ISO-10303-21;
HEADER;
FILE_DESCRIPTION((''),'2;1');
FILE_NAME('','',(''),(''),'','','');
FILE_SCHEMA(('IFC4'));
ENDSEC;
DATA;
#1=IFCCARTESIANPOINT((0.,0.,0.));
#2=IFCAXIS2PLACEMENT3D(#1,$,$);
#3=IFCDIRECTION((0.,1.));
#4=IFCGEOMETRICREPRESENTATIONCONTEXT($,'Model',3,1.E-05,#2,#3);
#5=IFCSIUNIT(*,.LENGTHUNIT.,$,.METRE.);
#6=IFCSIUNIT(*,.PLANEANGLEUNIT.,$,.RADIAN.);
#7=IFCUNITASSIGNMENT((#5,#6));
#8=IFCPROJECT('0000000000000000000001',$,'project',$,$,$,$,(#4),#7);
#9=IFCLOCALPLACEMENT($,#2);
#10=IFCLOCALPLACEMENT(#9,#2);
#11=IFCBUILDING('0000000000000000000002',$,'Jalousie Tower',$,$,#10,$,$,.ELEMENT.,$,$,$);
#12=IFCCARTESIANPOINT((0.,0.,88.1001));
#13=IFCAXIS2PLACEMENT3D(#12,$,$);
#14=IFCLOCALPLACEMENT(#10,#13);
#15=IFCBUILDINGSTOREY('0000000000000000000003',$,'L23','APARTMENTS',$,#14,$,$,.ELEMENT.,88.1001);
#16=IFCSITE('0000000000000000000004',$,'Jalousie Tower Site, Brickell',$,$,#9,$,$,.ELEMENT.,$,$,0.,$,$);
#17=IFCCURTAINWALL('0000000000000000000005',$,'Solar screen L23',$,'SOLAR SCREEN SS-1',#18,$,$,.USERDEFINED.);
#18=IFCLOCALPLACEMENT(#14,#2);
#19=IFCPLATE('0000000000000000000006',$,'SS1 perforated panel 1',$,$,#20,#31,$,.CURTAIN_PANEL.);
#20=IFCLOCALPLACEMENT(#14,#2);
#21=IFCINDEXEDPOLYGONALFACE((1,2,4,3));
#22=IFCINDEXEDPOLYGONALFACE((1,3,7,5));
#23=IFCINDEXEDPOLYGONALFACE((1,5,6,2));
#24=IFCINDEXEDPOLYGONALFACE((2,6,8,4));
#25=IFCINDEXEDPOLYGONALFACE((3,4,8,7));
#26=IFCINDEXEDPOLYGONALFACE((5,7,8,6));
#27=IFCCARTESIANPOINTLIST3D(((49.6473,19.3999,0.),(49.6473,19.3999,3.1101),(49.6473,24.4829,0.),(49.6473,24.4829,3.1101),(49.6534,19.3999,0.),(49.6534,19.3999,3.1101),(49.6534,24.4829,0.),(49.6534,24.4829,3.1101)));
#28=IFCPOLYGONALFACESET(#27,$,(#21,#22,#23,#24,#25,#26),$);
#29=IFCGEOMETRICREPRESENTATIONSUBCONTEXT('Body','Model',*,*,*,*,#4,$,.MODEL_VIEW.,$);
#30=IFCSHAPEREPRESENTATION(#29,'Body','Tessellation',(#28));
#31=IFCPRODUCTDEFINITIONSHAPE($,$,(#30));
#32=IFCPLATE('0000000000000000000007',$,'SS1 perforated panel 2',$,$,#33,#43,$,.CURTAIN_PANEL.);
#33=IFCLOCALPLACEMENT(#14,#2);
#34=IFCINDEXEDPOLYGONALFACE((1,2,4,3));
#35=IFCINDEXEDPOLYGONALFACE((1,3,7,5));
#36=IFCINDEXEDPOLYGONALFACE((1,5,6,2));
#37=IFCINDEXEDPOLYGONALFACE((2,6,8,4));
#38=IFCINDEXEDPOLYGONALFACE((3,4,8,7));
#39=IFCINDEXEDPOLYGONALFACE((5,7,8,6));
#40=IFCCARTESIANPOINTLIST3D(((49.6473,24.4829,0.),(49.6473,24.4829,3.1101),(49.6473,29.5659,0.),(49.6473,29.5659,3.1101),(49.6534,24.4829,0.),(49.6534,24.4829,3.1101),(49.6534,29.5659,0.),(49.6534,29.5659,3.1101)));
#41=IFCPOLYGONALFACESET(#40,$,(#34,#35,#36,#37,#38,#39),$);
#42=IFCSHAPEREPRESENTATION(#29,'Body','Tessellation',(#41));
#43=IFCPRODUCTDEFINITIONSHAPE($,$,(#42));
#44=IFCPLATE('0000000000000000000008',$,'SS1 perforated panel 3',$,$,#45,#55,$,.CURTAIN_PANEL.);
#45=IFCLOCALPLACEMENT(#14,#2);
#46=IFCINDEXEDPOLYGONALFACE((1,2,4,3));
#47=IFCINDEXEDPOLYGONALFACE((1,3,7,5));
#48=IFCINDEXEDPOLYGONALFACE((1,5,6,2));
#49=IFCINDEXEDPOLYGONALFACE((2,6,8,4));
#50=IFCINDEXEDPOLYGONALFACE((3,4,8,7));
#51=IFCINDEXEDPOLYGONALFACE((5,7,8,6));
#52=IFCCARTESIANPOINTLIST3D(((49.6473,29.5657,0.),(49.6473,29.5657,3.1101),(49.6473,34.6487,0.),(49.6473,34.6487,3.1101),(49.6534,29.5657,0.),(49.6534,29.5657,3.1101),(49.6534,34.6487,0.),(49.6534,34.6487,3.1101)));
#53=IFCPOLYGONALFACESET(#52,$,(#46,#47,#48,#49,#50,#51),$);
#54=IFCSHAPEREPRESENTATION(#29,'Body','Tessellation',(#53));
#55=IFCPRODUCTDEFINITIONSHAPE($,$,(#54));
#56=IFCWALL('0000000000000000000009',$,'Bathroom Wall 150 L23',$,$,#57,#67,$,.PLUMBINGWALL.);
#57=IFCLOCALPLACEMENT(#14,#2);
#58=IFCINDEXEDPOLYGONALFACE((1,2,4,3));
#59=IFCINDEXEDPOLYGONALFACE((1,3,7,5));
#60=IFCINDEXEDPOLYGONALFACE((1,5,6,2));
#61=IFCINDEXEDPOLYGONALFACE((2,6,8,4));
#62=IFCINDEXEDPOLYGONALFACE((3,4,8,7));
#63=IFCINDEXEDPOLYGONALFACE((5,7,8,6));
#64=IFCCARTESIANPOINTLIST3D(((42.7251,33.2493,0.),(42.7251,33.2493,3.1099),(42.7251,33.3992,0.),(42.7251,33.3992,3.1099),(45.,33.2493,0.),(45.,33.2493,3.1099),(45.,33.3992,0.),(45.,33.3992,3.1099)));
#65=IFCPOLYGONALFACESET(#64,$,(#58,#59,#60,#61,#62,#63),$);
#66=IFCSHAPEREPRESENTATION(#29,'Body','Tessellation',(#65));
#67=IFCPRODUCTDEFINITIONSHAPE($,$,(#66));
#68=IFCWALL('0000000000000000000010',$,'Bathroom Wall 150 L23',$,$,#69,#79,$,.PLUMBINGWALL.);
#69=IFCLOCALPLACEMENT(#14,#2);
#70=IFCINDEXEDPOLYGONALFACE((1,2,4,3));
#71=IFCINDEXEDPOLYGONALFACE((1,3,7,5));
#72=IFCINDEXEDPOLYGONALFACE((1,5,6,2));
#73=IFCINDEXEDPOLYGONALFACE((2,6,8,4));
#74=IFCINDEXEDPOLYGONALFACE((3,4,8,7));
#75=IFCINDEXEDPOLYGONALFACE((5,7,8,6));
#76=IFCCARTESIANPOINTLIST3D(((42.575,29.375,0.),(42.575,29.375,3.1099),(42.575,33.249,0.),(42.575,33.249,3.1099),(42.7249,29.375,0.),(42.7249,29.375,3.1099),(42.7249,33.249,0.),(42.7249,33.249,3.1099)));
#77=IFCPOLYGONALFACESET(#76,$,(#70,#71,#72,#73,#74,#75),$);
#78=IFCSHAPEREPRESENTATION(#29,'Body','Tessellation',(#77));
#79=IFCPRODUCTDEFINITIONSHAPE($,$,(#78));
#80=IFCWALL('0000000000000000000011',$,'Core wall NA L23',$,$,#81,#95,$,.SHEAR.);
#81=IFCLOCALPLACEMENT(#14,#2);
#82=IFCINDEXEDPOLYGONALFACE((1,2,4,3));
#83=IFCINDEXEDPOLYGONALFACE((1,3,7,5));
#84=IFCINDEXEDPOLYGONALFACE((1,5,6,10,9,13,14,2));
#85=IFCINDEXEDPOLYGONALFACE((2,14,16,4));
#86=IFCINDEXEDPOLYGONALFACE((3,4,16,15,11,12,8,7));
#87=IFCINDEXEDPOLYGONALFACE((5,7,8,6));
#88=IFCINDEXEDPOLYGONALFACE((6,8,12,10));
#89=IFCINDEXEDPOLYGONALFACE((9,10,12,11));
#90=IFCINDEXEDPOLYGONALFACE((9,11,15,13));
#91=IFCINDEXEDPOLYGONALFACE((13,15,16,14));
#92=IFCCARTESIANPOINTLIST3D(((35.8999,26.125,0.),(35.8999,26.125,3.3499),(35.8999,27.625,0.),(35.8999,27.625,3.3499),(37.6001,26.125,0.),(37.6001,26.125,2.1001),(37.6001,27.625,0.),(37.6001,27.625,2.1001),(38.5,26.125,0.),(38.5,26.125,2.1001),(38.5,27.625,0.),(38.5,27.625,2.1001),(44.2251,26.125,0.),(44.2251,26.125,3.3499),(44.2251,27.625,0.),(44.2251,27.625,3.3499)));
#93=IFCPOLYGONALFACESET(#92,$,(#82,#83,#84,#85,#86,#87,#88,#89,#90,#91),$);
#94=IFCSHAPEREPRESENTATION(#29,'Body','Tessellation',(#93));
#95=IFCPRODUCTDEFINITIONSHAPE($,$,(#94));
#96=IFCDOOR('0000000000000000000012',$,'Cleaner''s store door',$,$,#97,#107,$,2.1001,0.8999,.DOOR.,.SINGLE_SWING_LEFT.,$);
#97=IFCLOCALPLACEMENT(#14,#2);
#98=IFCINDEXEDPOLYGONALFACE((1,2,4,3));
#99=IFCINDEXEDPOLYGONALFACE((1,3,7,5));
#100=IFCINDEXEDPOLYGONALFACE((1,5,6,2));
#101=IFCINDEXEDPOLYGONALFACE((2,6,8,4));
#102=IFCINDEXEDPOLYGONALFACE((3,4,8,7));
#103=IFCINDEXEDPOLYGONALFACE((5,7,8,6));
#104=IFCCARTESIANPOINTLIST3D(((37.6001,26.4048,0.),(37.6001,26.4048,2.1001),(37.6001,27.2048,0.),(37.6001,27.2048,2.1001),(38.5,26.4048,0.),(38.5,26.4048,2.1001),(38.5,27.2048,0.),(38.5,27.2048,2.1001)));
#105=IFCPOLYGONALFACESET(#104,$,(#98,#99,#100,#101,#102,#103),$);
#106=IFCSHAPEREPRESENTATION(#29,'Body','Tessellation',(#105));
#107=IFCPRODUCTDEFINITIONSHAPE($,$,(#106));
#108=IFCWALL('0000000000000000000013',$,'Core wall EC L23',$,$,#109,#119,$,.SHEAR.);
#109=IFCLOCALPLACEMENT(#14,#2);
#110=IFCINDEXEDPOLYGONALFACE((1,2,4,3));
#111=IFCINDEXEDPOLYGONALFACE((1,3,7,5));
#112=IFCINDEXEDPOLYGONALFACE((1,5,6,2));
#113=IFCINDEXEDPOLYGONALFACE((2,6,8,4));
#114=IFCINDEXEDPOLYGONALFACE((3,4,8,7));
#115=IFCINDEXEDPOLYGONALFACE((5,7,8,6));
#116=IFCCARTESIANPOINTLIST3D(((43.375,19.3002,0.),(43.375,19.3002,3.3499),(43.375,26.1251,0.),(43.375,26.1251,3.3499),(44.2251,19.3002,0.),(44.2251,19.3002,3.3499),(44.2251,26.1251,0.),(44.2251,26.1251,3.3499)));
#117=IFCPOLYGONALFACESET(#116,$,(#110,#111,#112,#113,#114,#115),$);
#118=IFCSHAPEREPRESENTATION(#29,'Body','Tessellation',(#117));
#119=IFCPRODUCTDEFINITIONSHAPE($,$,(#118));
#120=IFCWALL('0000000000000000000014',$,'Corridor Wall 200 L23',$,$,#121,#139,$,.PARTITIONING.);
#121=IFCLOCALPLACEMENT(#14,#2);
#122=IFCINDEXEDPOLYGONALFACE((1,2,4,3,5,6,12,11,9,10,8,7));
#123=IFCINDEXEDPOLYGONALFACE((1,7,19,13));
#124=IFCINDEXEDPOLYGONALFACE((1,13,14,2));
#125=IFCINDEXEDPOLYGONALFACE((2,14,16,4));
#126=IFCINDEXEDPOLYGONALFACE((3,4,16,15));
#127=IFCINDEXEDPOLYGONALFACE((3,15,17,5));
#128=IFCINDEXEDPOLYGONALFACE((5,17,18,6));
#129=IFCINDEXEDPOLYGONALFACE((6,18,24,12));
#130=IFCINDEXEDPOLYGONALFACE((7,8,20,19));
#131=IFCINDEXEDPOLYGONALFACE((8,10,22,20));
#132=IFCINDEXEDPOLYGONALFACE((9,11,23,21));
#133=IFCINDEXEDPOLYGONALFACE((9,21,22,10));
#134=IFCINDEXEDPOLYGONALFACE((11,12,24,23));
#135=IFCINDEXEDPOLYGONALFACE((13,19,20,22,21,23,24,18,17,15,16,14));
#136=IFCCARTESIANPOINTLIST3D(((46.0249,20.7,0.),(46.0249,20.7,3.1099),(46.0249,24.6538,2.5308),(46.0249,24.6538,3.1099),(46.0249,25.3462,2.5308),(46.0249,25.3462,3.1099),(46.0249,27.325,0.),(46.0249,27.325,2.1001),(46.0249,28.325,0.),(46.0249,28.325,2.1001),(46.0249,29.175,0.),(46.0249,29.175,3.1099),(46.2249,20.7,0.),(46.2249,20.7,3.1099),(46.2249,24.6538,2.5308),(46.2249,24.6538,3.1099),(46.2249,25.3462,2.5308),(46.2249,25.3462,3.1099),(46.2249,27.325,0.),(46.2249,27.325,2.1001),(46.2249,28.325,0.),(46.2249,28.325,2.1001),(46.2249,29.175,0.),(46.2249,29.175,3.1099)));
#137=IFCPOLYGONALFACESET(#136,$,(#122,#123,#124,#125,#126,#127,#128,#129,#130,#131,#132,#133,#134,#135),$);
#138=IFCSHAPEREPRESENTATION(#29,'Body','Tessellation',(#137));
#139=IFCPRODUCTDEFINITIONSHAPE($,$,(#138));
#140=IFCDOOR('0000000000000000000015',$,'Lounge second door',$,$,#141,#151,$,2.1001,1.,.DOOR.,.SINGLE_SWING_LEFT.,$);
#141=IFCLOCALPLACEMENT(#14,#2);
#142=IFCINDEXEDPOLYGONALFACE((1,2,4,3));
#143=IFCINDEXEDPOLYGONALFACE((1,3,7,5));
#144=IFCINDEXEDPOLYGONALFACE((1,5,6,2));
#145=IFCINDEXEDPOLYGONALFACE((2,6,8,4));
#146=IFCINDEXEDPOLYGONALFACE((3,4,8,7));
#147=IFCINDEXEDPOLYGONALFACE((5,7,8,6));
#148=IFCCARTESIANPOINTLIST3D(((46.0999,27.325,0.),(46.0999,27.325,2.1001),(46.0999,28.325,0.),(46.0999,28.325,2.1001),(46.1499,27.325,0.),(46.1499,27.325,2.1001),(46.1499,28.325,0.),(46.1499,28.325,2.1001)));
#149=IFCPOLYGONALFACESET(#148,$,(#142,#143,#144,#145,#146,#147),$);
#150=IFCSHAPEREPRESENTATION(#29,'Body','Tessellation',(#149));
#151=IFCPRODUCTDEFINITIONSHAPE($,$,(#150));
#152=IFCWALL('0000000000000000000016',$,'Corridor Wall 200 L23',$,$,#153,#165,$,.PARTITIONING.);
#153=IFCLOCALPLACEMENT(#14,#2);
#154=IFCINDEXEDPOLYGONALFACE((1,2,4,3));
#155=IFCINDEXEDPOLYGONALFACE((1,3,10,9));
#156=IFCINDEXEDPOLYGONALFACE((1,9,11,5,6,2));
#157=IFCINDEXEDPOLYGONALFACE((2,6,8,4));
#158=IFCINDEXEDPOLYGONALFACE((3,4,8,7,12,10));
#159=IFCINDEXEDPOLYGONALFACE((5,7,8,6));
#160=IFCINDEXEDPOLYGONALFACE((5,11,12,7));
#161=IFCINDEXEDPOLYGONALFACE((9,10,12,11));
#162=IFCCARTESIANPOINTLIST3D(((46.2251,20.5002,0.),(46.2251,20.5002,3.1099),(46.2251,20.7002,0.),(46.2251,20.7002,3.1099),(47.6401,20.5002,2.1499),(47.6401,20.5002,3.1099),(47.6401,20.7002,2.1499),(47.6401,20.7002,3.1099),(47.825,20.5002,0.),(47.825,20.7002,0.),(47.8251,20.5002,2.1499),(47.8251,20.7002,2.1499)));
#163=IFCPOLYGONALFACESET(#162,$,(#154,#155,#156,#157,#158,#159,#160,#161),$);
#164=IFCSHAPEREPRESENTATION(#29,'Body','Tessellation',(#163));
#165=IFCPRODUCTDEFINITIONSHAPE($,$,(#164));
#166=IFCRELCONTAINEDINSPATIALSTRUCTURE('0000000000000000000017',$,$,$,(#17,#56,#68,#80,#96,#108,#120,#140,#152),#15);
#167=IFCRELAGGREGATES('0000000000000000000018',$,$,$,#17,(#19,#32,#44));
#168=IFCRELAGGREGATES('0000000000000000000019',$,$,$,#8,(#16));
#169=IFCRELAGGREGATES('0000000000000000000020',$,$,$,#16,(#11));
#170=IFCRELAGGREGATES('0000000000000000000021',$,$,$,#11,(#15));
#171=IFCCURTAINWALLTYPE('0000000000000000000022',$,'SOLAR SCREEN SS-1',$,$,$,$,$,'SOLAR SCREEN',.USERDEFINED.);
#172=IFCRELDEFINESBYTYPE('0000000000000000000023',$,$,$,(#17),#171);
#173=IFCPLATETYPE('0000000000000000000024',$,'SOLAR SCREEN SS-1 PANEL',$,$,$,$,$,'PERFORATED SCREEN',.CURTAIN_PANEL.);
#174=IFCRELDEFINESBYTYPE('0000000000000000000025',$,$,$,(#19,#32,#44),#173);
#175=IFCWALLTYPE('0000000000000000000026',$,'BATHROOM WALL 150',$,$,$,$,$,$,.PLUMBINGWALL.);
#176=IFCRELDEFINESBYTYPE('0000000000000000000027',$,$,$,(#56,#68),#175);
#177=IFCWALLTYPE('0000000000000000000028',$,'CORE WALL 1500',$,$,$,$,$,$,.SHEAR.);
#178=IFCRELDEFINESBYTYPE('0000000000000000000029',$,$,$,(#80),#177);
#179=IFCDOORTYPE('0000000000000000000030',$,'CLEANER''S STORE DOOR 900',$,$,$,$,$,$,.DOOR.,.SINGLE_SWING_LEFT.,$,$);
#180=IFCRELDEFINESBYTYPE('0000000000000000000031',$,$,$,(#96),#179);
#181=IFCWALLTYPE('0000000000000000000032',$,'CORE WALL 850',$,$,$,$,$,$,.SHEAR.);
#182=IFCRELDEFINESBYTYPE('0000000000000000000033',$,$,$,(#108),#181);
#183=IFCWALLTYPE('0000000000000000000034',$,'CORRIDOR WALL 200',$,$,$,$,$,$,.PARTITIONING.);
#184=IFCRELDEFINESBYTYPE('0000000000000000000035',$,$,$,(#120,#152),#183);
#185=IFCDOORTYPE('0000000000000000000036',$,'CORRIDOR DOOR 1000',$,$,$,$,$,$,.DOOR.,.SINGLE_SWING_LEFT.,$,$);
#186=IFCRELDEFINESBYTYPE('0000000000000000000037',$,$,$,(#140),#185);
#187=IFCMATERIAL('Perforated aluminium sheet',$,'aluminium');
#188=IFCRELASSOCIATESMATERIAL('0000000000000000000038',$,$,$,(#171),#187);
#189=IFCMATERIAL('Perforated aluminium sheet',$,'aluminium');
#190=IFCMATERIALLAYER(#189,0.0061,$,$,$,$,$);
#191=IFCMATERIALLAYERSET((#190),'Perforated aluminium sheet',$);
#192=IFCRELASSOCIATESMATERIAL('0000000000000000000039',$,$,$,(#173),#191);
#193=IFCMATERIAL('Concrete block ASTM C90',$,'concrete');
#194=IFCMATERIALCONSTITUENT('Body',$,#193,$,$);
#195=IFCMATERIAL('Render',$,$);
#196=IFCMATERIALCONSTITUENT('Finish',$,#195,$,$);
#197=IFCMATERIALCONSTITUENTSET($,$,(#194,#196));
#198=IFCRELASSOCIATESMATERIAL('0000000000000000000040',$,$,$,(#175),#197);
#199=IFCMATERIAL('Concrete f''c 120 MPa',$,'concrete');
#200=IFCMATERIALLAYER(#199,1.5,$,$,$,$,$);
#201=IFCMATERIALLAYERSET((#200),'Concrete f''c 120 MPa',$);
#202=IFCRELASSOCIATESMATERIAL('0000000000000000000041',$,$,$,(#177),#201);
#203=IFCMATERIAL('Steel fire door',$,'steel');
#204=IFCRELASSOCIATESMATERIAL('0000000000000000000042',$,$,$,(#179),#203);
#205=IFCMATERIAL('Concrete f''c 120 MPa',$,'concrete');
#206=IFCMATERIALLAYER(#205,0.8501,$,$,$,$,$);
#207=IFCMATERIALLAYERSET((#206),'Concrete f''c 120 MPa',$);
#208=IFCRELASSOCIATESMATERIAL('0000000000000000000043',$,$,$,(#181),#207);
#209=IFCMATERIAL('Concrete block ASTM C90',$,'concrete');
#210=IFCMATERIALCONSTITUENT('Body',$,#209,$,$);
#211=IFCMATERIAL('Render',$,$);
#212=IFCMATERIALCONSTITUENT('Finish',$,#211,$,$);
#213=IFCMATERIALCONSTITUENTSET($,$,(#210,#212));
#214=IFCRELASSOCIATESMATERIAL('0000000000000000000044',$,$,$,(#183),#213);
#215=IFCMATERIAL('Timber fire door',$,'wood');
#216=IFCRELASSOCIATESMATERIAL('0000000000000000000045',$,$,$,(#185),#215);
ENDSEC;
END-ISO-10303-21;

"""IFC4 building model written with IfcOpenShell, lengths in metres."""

from ifc_helpers import new_model, si_unit, direction, frame, frame_2d, origin, origin_2d, place, context, subcontext, project, spatial, polyline, rectangle, outline, extrude, material, layer, layer_set, constituent, constituent_set, type_object, element, fill, aggregate, save


model = new_model("IFC4")

# Units and contexts
model_context = context("Model", 3, precision=1e-05, world=origin(), true_north=direction((0.0, 1.0)))
body_context = subcontext(model_context, "Body", "Model", "MODEL_VIEW")
ifc_project = project(units=[si_unit("LENGTHUNIT", "METRE"), si_unit("PLANEANGLEUNIT", "RADIAN")], contexts=[model_context])

# Site, building, storey
site_placement = place(None, origin())
site = spatial("IfcSite", under=ifc_project, at=site_placement, Name="Jalousie Tower Site, Brickell", CompositionType="ELEMENT", RefElevation=0.0)
building_placement = place(site_placement, origin())
building = spatial("IfcBuilding", under=site, at=building_placement, Name="Jalousie Tower", CompositionType="ELEMENT")
storey_placement = place(building_placement, frame((0.0, 0.0, 88.1001)))
storey = spatial("IfcBuildingStorey", under=building, at=storey_placement, Name="L23", Description="APARTMENTS", CompositionType="ELEMENT", Elevation=88.1001)

# Curtain wall, plates
ifc_material_1 = material(Name="Perforated aluminium sheet", Category="aluminium")
curtain_wall_type = type_object("IfcCurtainWallType", Name="SOLAR SCREEN SS-1", ElementType="SOLAR SCREEN", PredefinedType="USERDEFINED", material=ifc_material_1)
curtain_wall_placement = place(storey_placement, origin())
curtain_wall = element("IfcCurtainWall", 1, at=curtain_wall_placement, inside=storey, type_object=curtain_wall_type, Name="Solar screen L23", ObjectType="SOLAR SCREEN SS-1", PredefinedType="USERDEFINED")
ifc_material_2 = material(Name="Perforated aluminium sheet", Category="aluminium")
ifc_layer_1 = layer(ifc_material_2, 0.0061)
ifc_layer_set_1 = layer_set([ifc_layer_1], Name="Perforated aluminium sheet")
plate_type = type_object("IfcPlateType", Name="SOLAR SCREEN SS-1 PANEL", ElementType="PERFORATED SCREEN", PredefinedType="CURTAIN_PANEL", material=ifc_layer_set_1)
plate_1_placement = place(storey_placement, frame((49.6504, 21.9414, 0.0), z_axis=(0.0, 0.0, 1.0), x_axis=(0.0, 1.0, 0.0)))
plate_1 = element("IfcPlate", 2, at=plate_1_placement, type_object=plate_type, Name="SS1 perforated panel 1", PredefinedType="CURTAIN_PANEL", context=body_context, shape_type="SweptSolid", body=[
    extrude(rectangle(XDim=5.083, YDim=0.0061, at=origin_2d()), origin(), (0.0, 0.0, 1.0), 3.1101),
])
plate_2_placement = place(storey_placement, frame((49.6504, 27.0244, 0.0), z_axis=(0.0, 0.0, 1.0), x_axis=(0.0, 1.0, 0.0)))
plate_2 = element("IfcPlate", 3, at=plate_2_placement, type_object=plate_type, Name="SS1 perforated panel 2", PredefinedType="CURTAIN_PANEL", context=body_context, shape_type="SweptSolid", body=[
    extrude(rectangle(XDim=5.083, YDim=0.0061, at=origin_2d()), origin(), (0.0, 0.0, 1.0), 3.1101),
])
plate_3_placement = place(storey_placement, frame((49.6504, 32.1072, 0.0), z_axis=(0.0, 0.0, 1.0), x_axis=(0.0, 1.0, 0.0)))
plate_3 = element("IfcPlate", 4, at=plate_3_placement, type_object=plate_type, Name="SS1 perforated panel 3", PredefinedType="CURTAIN_PANEL", context=body_context, shape_type="SweptSolid", body=[
    extrude(rectangle(XDim=5.083, YDim=0.0061, at=origin_2d()), origin(), (0.0, 0.0, 1.0), 3.1101),
])
aggregate(curtain_wall, [plate_1, plate_2, plate_3])

# Walls
ifc_material_3 = material(Name="Concrete block ASTM C90", Category="concrete")
ifc_constituent_1 = constituent(ifc_material_3, Name="Body")
ifc_material_4 = material(Name="Render")
ifc_constituent_2 = constituent(ifc_material_4, Name="Finish")
ifc_constituent_set_1 = constituent_set(constituents=[ifc_constituent_1, ifc_constituent_2])
wall_type_1 = type_object("IfcWallType", Name="BATHROOM WALL 150", PredefinedType="PLUMBINGWALL", material=ifc_constituent_set_1)
wall_1_placement = place(storey_placement, frame((42.7251, 33.3242, 0.0), z_axis=(0.0, 0.0, 1.0), x_axis=(1.0, 0.0, 0.0)))
element("IfcWall", 5, at=wall_1_placement, inside=storey, type_object=wall_type_1, Name="Bathroom Wall 150 L23", PredefinedType="PLUMBINGWALL", context=body_context, shape_type="SweptSolid", body=[
    extrude(rectangle(XDim=2.2749, YDim=0.1499, at=frame_2d((1.1375, 0.0))), origin(), (0.0, 0.0, 1.0), 3.1099),
])
wall_2_placement = place(storey_placement, frame((42.6499, 33.249, 0.0), z_axis=(0.0, 0.0, 1.0), x_axis=(0.0, -1.0, 0.0)))
element("IfcWall", 6, at=wall_2_placement, inside=storey, type_object=wall_type_1, Name="Bathroom Wall 150 L23", PredefinedType="PLUMBINGWALL", context=body_context, shape_type="SweptSolid", body=[
    extrude(rectangle(XDim=3.874, YDim=0.1499, at=frame_2d((1.937, 0.0))), origin(), (0.0, 0.0, 1.0), 3.1099),
])

# Wall, opening, door
ifc_material_5 = material(Name="Concrete f'c 120 MPa", Category="concrete")
ifc_layer_2 = layer(ifc_material_5, 1.5)
ifc_layer_set_2 = layer_set([ifc_layer_2], Name="Concrete f'c 120 MPa")
wall_type_2 = type_object("IfcWallType", Name="CORE WALL 1500", PredefinedType="SHEAR", material=ifc_layer_set_2)
wall_3_placement = place(storey_placement, frame((44.2251, 26.875, 0.0), z_axis=(0.0, 0.0, 1.0), x_axis=(-1.0, 0.0, 0.0)))
wall_3 = element("IfcWall", 7, at=wall_3_placement, inside=storey, type_object=wall_type_2, Name="Core wall NA L23", PredefinedType="SHEAR", context=body_context, shape_type="SweptSolid", body=[
    extrude(rectangle(XDim=8.3252, YDim=1.5, at=frame_2d((4.1626, 0.0))), origin(), (0.0, 0.0, 1.0), 3.3499),
])
opening_1_placement = place(wall_3_placement, frame((5.7251, 0.0, 0.0)))
opening_1 = element("IfcOpeningElement", 8, at=opening_1_placement, cuts=wall_3, PredefinedType="OPENING", context=body_context, shape_type="SweptSolid", body=[
    extrude(rectangle(XDim=0.8999, YDim=2.1001, at=frame_2d((0.45, 1.05))), frame((0.0, 0.76, 0.0), z_axis=(0.0, -1.0, 0.0), x_axis=(1.0, 0.0, 0.0)), (0.0, 0.0, 1.0), 1.52),
])
ifc_material_6 = material(Name="Steel fire door", Category="steel")
door_type_1 = type_object("IfcDoorType", Name="CLEANER'S STORE DOOR 900", OperationType="SINGLE_SWING_LEFT", PredefinedType="DOOR", material=ifc_material_6)
door_1_placement = place(opening_1_placement, origin())
door_1 = element("IfcDoor", 9, at=door_1_placement, inside=storey, type_object=door_type_1, Name="Cleaner's store door", OperationType="SINGLE_SWING_LEFT", OverallHeight=2.1001, OverallWidth=0.8999, PredefinedType="DOOR", context=body_context, shape_type="SweptSolid", body=[
    extrude(rectangle(XDim=0.8999, YDim=2.1001, at=frame_2d((0.45, 1.05))), frame((0.0, 0.4702, 0.0), z_axis=(0.0, -1.0, 0.0), x_axis=(1.0, 0.0, 0.0)), (0.0, 0.0, 1.0), 0.8),
])
fill(opening_1, door_1)

# Wall
ifc_material_7 = material(Name="Concrete f'c 120 MPa", Category="concrete")
ifc_layer_3 = layer(ifc_material_7, 0.8501)
ifc_layer_set_3 = layer_set([ifc_layer_3], Name="Concrete f'c 120 MPa")
wall_type_3 = type_object("IfcWallType", Name="CORE WALL 850", PredefinedType="SHEAR", material=ifc_layer_set_3)
wall_4_placement = place(storey_placement, frame((43.8, 19.3, 0.0), z_axis=(0.0, 0.0, 1.0), x_axis=(0.0, 1.0, 0.0)))
element("IfcWall", 10, at=wall_4_placement, inside=storey, type_object=wall_type_3, Name="Core wall EC L23", PredefinedType="SHEAR", context=body_context, shape_type="SweptSolid", body=[
    extrude(rectangle(XDim=6.825, YDim=0.8501, at=frame_2d((3.4126, 0.0))), origin(), (0.0, 0.0, 1.0), 3.3499),
])

# Wall, opening, door
ifc_material_8 = material(Name="Concrete block ASTM C90", Category="concrete")
ifc_constituent_3 = constituent(ifc_material_8, Name="Body")
ifc_material_9 = material(Name="Render")
ifc_constituent_4 = constituent(ifc_material_9, Name="Finish")
ifc_constituent_set_2 = constituent_set(constituents=[ifc_constituent_3, ifc_constituent_4])
wall_type_4 = type_object("IfcWallType", Name="CORRIDOR WALL 200", PredefinedType="PARTITIONING", material=ifc_constituent_set_2)
wall_5_placement = place(storey_placement, frame((46.125, 20.7, 0.0), z_axis=(0.0, 0.0, 1.0), x_axis=(0.0, 1.0, 0.0)))
wall_5 = element("IfcWall", 11, at=wall_5_placement, inside=storey, type_object=wall_type_4, Name="Corridor Wall 200 L23", PredefinedType="PARTITIONING", context=body_context, shape_type="SweptSolid", body=[
    extrude(outline(polyline([(0.0, 0.0), (8.4751, 0.0), (8.4751, 3.1099), (4.6462, 3.1099), (4.6462, 2.5308), (3.9539, 2.5308), (3.9539, 3.1099), (0.0, 3.1099), (0.0, 0.0)])), frame((0.0, 0.1001, 0.0), z_axis=(0.0, -1.0, 0.0), x_axis=(1.0, 0.0, 0.0)), (0.0, 0.0, 1.0), 0.2),
])
opening_2_placement = place(wall_5_placement, frame((6.625, 0.0, 0.0)))
opening_2 = element("IfcOpeningElement", 12, at=opening_2_placement, cuts=wall_5, PredefinedType="OPENING", context=body_context, shape_type="SweptSolid", body=[
    extrude(rectangle(XDim=1.0, YDim=2.1001, at=frame_2d((0.5, 1.05))), frame((0.0, 0.1099, 0.0), z_axis=(0.0, -1.0, 0.0), x_axis=(1.0, 0.0, 0.0)), (0.0, 0.0, 1.0), 0.22),
])
ifc_material_10 = material(Name="Timber fire door", Category="wood")
door_type_2 = type_object("IfcDoorType", Name="CORRIDOR DOOR 1000", OperationType="SINGLE_SWING_LEFT", PredefinedType="DOOR", material=ifc_material_10)
door_2_placement = place(opening_2_placement, frame((1.0, 0.0, 0.0), z_axis=(0.0, 0.0, 1.0), x_axis=(-1.0, 0.0, 0.0)))
door_2 = element("IfcDoor", 13, at=door_2_placement, inside=storey, type_object=door_type_2, Name="Lounge second door", OperationType="SINGLE_SWING_LEFT", OverallHeight=2.1001, OverallWidth=1.0, PredefinedType="DOOR", context=body_context, shape_type="SweptSolid", body=[
    extrude(rectangle(XDim=1.0, YDim=2.1001, at=frame_2d((0.5, 1.05))), frame((0.0, 0.0249, 0.0), z_axis=(0.0, -1.0, 0.0), x_axis=(1.0, 0.0, 0.0)), (0.0, 0.0, 1.0), 0.05),
])
fill(opening_2, door_2)

# Wall
wall_6_placement = place(storey_placement, frame((46.2251, 20.6001, 0.0), z_axis=(0.0, 0.0, 1.0), x_axis=(1.0, 0.0, 0.0)))
element("IfcWall", 14, at=wall_6_placement, inside=storey, type_object=wall_type_4, Name="Corridor Wall 200 L23", PredefinedType="PARTITIONING", context=body_context, shape_type="SweptSolid", body=[
    extrude(outline(polyline([(0.0, 0.0), (1.5999, 0.0), (1.6001, 3.1099), (1.6001, 2.1499), (1.415, 2.1499), (1.415, 3.1099), (0.0, 3.1099), (0.0, 0.0)])), frame((0.0, 0.1001, 0.0), z_axis=(0.0, -1.0, 0.0), x_axis=(1.0, 0.0, 0.0)), (0.0, 0.0, 1.0), 0.2),
])

save(model, "model.ifc")
